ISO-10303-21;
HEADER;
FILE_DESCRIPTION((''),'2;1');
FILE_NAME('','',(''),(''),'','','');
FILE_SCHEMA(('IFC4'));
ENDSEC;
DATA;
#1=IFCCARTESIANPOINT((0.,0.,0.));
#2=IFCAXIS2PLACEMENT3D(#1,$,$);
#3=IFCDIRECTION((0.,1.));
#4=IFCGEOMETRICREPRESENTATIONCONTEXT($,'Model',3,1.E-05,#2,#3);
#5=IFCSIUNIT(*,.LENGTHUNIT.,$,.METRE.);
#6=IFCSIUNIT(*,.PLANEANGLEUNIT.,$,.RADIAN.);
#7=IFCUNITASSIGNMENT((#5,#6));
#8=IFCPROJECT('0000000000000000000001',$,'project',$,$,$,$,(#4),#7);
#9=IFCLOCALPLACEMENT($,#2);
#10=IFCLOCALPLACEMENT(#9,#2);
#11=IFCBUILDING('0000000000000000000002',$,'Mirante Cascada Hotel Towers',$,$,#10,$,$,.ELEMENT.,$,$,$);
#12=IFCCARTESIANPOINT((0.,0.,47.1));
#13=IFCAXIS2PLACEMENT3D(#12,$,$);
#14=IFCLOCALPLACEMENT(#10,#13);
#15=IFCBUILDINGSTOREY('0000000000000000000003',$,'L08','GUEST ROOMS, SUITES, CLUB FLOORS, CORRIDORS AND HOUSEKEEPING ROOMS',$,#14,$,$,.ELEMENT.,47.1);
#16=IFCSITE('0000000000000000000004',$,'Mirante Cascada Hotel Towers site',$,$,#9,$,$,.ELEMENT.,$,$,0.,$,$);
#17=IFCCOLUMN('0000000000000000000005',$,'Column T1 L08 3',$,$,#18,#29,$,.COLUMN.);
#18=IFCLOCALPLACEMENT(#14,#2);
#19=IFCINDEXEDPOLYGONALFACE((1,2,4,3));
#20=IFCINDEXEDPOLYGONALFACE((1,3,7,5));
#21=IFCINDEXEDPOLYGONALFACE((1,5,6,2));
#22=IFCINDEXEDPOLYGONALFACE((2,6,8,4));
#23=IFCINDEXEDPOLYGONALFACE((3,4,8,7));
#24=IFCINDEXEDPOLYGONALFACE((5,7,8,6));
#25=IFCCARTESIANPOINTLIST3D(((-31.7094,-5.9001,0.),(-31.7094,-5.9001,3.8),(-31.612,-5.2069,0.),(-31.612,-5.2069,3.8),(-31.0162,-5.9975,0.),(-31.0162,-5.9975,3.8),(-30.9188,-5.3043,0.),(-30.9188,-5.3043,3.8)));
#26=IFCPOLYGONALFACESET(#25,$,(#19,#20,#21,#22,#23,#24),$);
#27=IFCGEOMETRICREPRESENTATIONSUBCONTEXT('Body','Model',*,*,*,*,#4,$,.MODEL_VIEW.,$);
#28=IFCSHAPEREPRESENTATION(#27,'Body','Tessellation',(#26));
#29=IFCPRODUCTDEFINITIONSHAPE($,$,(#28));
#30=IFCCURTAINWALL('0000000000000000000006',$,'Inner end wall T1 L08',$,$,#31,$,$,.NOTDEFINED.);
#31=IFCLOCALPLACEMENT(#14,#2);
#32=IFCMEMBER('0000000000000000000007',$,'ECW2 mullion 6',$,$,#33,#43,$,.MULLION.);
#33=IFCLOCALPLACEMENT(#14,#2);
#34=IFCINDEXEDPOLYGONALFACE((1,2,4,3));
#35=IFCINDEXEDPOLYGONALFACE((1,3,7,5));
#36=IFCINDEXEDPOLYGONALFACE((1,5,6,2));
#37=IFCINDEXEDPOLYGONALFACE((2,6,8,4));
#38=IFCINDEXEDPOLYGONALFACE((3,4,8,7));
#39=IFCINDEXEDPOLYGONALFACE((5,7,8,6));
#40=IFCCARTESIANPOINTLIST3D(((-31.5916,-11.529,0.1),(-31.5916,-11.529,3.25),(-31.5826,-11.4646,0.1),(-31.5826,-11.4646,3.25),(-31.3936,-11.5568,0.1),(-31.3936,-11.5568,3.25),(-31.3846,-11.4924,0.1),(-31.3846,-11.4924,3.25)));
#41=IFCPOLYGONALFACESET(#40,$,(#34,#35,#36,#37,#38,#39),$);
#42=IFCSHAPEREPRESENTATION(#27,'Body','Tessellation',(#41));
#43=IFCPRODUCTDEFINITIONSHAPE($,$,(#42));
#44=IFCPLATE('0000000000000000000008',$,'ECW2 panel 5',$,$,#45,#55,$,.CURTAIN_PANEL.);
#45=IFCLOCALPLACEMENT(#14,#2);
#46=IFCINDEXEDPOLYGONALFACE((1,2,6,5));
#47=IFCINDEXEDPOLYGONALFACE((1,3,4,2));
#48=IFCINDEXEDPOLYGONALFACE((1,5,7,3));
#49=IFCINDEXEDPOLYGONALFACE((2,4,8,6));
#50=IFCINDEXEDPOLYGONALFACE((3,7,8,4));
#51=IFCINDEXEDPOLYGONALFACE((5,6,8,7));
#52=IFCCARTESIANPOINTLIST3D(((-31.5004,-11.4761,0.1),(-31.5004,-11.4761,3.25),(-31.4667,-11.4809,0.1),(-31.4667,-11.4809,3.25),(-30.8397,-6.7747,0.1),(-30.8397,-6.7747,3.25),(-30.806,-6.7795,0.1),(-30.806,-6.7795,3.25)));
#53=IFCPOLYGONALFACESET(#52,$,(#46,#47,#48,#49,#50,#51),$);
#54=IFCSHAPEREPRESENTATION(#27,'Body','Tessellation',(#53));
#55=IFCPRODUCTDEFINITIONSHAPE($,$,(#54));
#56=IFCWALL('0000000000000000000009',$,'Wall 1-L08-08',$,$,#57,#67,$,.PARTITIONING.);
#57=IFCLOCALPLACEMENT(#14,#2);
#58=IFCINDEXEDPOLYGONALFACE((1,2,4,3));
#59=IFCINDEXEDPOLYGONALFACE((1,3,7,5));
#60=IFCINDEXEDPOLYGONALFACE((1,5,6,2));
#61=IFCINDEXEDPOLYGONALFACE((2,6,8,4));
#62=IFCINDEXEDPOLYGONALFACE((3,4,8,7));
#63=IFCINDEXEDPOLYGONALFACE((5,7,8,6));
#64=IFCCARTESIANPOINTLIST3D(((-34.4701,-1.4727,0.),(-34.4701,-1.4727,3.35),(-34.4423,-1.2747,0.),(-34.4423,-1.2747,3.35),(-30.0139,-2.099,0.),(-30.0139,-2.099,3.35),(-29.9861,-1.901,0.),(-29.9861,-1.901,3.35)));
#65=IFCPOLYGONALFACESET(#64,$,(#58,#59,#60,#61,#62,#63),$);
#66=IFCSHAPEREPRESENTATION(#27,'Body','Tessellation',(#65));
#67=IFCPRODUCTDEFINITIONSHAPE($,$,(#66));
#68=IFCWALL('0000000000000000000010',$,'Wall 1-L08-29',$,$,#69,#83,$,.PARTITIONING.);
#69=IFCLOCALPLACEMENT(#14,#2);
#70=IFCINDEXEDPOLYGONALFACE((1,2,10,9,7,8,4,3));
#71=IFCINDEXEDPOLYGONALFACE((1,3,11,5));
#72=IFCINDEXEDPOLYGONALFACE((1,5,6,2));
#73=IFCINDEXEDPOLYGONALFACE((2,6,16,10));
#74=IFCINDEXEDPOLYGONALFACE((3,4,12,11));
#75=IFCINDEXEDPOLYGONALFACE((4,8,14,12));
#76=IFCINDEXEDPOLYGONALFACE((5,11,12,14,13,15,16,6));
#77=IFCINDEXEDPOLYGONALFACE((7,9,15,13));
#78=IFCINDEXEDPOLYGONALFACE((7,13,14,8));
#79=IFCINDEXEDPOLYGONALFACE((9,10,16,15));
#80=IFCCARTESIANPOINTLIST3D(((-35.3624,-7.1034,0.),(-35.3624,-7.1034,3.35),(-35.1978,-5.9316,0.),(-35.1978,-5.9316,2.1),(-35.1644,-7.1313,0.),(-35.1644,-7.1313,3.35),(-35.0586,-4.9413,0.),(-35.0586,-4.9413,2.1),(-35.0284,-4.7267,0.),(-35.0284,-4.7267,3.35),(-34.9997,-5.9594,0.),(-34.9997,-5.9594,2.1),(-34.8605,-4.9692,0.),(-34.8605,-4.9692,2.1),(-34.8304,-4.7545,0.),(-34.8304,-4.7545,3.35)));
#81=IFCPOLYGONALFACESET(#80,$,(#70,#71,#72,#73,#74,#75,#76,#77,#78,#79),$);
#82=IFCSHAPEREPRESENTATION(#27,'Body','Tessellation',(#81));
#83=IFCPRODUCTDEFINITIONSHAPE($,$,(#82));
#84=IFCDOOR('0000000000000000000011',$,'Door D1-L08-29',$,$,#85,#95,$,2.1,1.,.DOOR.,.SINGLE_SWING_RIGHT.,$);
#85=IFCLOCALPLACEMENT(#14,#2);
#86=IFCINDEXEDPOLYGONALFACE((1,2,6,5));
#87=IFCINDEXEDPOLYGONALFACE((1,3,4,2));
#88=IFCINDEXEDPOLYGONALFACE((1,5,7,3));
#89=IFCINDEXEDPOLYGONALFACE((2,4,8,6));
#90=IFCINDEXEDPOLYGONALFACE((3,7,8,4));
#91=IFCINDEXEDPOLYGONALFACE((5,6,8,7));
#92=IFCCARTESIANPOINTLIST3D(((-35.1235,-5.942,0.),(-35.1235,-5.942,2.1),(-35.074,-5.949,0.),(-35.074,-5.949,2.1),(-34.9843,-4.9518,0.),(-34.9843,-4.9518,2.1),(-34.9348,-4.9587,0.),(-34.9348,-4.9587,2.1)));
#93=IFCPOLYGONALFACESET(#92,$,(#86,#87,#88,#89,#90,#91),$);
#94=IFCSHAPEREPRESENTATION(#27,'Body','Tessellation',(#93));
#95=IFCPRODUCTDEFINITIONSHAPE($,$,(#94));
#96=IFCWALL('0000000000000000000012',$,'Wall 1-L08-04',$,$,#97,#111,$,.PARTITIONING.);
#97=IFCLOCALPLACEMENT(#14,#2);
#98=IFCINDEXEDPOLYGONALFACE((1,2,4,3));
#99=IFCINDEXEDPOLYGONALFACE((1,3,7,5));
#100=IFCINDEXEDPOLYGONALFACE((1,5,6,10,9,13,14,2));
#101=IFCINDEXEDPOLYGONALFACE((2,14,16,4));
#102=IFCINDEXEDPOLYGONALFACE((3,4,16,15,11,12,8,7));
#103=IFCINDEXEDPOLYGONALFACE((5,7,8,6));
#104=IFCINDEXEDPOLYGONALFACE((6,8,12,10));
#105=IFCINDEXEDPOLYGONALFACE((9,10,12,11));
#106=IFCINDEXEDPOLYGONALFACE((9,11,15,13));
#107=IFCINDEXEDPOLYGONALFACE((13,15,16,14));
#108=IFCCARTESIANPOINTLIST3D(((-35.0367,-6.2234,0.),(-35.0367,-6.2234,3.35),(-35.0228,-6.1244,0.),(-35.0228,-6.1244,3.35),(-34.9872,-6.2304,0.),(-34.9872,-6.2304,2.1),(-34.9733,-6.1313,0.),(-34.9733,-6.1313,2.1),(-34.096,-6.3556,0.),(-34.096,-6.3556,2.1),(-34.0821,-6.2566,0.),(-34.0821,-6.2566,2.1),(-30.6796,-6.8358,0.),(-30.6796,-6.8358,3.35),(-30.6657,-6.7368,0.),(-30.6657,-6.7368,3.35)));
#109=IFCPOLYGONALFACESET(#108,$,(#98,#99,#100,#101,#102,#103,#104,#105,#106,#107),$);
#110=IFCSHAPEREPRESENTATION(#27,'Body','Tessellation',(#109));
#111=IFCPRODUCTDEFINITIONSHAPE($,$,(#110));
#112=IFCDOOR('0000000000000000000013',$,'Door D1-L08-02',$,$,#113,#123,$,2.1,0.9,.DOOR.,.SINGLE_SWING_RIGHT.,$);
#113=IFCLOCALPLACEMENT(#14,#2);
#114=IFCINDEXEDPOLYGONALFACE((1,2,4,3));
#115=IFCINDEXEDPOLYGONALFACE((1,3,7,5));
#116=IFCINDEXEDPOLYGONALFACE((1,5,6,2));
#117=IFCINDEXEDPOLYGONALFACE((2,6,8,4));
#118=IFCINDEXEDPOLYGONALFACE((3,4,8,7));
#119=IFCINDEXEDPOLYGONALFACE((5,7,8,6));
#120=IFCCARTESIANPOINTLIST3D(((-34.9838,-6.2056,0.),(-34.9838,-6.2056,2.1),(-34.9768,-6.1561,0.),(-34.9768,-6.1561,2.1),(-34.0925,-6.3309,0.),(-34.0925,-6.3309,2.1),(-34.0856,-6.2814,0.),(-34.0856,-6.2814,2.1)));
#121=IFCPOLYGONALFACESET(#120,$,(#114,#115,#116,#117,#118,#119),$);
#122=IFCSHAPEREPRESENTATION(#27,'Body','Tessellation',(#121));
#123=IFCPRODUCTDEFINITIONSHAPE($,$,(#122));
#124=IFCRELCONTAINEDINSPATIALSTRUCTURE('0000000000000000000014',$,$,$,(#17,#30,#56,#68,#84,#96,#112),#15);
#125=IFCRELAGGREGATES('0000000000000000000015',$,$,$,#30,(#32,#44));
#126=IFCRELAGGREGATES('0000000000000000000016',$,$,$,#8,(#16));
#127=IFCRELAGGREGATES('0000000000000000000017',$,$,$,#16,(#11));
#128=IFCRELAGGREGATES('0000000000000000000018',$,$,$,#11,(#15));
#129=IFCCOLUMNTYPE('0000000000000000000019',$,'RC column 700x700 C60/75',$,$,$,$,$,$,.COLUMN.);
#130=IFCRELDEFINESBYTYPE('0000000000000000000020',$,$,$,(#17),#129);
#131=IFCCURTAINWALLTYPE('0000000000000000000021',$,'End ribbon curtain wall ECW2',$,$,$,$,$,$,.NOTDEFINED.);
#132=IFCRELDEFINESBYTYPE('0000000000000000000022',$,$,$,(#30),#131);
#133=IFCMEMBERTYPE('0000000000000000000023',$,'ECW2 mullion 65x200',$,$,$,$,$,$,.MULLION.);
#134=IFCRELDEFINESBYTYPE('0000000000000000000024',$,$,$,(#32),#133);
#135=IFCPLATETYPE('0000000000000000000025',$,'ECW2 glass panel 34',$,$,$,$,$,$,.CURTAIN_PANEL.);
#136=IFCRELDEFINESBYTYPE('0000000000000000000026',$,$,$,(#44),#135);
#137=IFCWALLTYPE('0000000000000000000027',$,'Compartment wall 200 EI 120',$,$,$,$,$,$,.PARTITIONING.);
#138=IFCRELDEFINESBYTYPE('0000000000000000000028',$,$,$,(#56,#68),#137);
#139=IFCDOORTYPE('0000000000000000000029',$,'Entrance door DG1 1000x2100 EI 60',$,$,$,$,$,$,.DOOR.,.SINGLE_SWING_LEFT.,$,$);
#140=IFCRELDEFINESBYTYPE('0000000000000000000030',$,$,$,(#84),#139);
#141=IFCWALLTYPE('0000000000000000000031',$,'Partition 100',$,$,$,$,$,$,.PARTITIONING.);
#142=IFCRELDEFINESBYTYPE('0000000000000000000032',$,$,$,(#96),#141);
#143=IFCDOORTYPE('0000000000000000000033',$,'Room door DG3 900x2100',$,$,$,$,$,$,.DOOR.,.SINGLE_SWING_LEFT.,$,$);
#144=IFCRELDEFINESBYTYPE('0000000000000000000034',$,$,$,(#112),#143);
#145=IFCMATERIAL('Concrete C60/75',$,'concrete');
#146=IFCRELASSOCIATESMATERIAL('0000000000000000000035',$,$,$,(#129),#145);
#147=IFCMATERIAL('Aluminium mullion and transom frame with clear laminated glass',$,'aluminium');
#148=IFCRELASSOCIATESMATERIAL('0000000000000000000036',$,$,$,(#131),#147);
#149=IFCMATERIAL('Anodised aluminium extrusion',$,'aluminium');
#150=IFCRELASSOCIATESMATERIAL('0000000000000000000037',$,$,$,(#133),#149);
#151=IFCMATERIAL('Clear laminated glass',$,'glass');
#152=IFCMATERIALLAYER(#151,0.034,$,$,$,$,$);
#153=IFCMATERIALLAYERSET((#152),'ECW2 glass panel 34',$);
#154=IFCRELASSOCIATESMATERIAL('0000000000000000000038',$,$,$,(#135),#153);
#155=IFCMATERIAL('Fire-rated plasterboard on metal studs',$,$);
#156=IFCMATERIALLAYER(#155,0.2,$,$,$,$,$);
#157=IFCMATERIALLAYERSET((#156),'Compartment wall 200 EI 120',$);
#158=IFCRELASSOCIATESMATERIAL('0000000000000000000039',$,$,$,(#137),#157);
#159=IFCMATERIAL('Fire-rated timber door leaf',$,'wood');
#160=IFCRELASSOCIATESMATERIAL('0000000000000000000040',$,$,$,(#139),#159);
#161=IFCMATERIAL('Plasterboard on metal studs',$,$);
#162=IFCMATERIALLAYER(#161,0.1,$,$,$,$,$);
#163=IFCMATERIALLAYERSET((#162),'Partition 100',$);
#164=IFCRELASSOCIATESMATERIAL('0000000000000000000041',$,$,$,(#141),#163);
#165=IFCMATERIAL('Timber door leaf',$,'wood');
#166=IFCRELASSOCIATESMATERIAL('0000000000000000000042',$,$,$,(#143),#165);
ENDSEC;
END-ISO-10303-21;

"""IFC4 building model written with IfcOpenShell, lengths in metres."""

from ifc_helpers import new_model, si_unit, direction, frame, frame_2d, origin, origin_2d, place, context, subcontext, project, spatial, rectangle, extrude, material, layer, layer_set, material_profile, profile_set, type_object, element, fill, aggregate, save


model = new_model("IFC4")

# Units and contexts
model_context = context("Model", 3, precision=1e-05, world=origin(), true_north=direction((0.0, 1.0)))
body_context = subcontext(model_context, "Body", "Model", "MODEL_VIEW")
ifc_project = project(units=[si_unit("LENGTHUNIT", "METRE"), si_unit("PLANEANGLEUNIT", "RADIAN")], contexts=[model_context])

# Site, building, storey
site_placement = place(None, origin())
site = spatial("IfcSite", under=ifc_project, at=site_placement, Name="Mirante Cascada Hotel Towers site", CompositionType="ELEMENT", RefElevation=0.0)
building_placement = place(site_placement, origin())
building = spatial("IfcBuilding", under=site, at=building_placement, Name="Mirante Cascada Hotel Towers", CompositionType="ELEMENT")
storey_placement = place(building_placement, frame((0.0, 0.0, 47.1)))
storey = spatial("IfcBuildingStorey", under=building, at=storey_placement, Name="L08", Description="GUEST ROOMS, SUITES, CLUB FLOORS, CORRIDORS AND HOUSEKEEPING ROOMS", CompositionType="ELEMENT", Elevation=47.1)

# Column
ifc_material_1 = material(Name="Concrete C60/75", Category="concrete")
ifc_material_profile_1 = material_profile(ifc_material_1, rectangle(XDim=0.7, YDim=0.7, at=origin_2d()), Name="RC column 700x700 C60/75")
ifc_profile_set_1 = profile_set([ifc_material_profile_1], Name="Concrete C60/75")
column_type = type_object("IfcColumnType", Name="RC column 700x700 C60/75", PredefinedType="COLUMN", material=ifc_profile_set_1)
column_placement = place(storey_placement, frame((-31.3141, -5.6022, 0.0), z_axis=(0.0, 0.0, 1.0), x_axis=(-0.990268, 0.139173, 0.0)))
element("IfcColumn", 1, at=column_placement, inside=storey, type_object=column_type, Name="Column T1 L08 3", PredefinedType="COLUMN", context=body_context, shape_type="SweptSolid", body=[
    extrude(rectangle(XDim=0.7, YDim=0.7, at=origin_2d()), origin(), (0.0, 0.0, 1.0), 3.8),
])

# Curtain wall, member, plate
ifc_material_2 = material(Name="Aluminium mullion and transom frame with clear laminated glass", Category="aluminium")
curtain_wall_type = type_object("IfcCurtainWallType", Name="End ribbon curtain wall ECW2", PredefinedType="NOTDEFINED", material=ifc_material_2)
curtain_wall_placement = place(storey_placement, origin())
curtain_wall = element("IfcCurtainWall", 2, at=curtain_wall_placement, inside=storey, type_object=curtain_wall_type, Name="Inner end wall T1 L08", PredefinedType="NOTDEFINED")
ifc_material_3 = material(Name="Anodised aluminium extrusion", Category="aluminium")
ifc_material_profile_2 = material_profile(ifc_material_3, rectangle(XDim=0.2, YDim=0.065, at=origin_2d()), Name="ECW2 MULLION 65x200")
ifc_profile_set_2 = profile_set([ifc_material_profile_2], Name="Anodised aluminium extrusion")
member_type = type_object("IfcMemberType", Name="ECW2 mullion 65x200", PredefinedType="MULLION", material=ifc_profile_set_2)
member_placement = place(storey_placement, frame((-31.4881, -11.5107, 0.1), z_axis=(0.0, 0.0, 1.0), x_axis=(0.990268, -0.139173, 0.0)))
member = element("IfcMember", 3, at=member_placement, type_object=member_type, Name="ECW2 mullion 6", PredefinedType="MULLION", context=body_context, shape_type="SweptSolid", body=[
    extrude(rectangle(XDim=0.2, YDim=0.065, at=origin_2d()), origin(), (0.0, 0.0, 1.0), 3.15),
])
ifc_material_4 = material(Name="Clear laminated glass", Category="glass")
ifc_layer_1 = layer(ifc_material_4, 0.034)
ifc_layer_set_1 = layer_set([ifc_layer_1], Name="ECW2 glass panel 34")
plate_type = type_object("IfcPlateType", Name="ECW2 glass panel 34", PredefinedType="CURTAIN_PANEL", material=ifc_layer_set_1)
plate_placement = place(storey_placement, frame((-31.1532, -9.1278, 0.1), z_axis=(0.0, 0.0, 1.0), x_axis=(-0.139173, -0.990268, 0.0)))
plate = element("IfcPlate", 4, at=plate_placement, type_object=plate_type, Name="ECW2 panel 5", PredefinedType="CURTAIN_PANEL", context=body_context, shape_type="SweptSolid", body=[
    extrude(rectangle(XDim=4.7476, YDim=0.034, at=origin_2d()), origin(), (0.0, 0.0, 1.0), 3.15),
])
aggregate(curtain_wall, [member, plate])

# Wall
ifc_material_5 = material(Name="Fire-rated plasterboard on metal studs")
ifc_layer_2 = layer(ifc_material_5, 0.2)
ifc_layer_set_2 = layer_set([ifc_layer_2], Name="Compartment wall 200 EI 120")
wall_type_1 = type_object("IfcWallType", Name="Compartment wall 200 EI 120", PredefinedType="PARTITIONING", material=ifc_layer_set_2)
wall_1_placement = place(storey_placement, frame((-34.4562, -1.3737, 0.0), z_axis=(0.0, 0.0, 1.0), x_axis=(0.990267, -0.139178, 0.0)))
element("IfcWall", 5, at=wall_1_placement, inside=storey, type_object=wall_type_1, Name="Wall 1-L08-08", PredefinedType="PARTITIONING", context=body_context, shape_type="SweptSolid", body=[
    extrude(rectangle(XDim=4.5, YDim=0.2, at=frame_2d((2.25, 0.0))), origin(), (0.0, 0.0, 1.0), 3.35),
])

# Walls, openings, doors
wall_2_placement = place(storey_placement, frame((-35.2634, -7.1173, 0.0), z_axis=(0.0, 0.0, 1.0), x_axis=(0.139163, 0.990269, 0.0)))
wall_2 = element("IfcWall", 6, at=wall_2_placement, inside=storey, type_object=wall_type_1, Name="Wall 1-L08-29", PredefinedType="PARTITIONING", context=body_context, shape_type="SweptSolid", body=[
    extrude(rectangle(XDim=2.4001, YDim=0.2, at=frame_2d((1.2, 0.0))), origin(), (0.0, 0.0, 1.0), 3.35),
])
opening_1_placement = place(wall_2_placement, frame((1.1833, 0.0, 0.0)))
opening_1 = element("IfcOpeningElement", 7, at=opening_1_placement, cuts=wall_2, PredefinedType="OPENING", context=body_context, shape_type="SweptSolid", body=[
    extrude(rectangle(XDim=1.0, YDim=2.1, at=frame_2d((0.5, 1.05))), frame((0.0, 0.1, 0.0), z_axis=(0.0, -1.0, 0.0), x_axis=(1.0, 0.0, 0.0)), (0.0, 0.0, 1.0), 0.2),
])
ifc_material_6 = material(Name="Fire-rated timber door leaf", Category="wood")
door_type_1 = type_object("IfcDoorType", Name="Entrance door DG1 1000x2100 EI 60", OperationType="SINGLE_SWING_LEFT", PredefinedType="DOOR", material=ifc_material_6)
door_1_placement = place(opening_1_placement, frame((1.0, 0.0, 0.0), z_axis=(0.0, 0.0, 1.0), x_axis=(-1.0, 0.0, 0.0)))
door_1 = element("IfcDoor", 8, at=door_1_placement, inside=storey, type_object=door_type_1, Name="Door D1-L08-29", OperationType="SINGLE_SWING_RIGHT", OverallHeight=2.1, OverallWidth=1.0, PredefinedType="DOOR", context=body_context, shape_type="SweptSolid", body=[
    extrude(rectangle(XDim=1.0, YDim=2.1, at=frame_2d((0.5, 1.05))), frame((0.0, 0.025, 0.0), z_axis=(0.0, -1.0, 0.0), x_axis=(1.0, 0.0, 0.0)), (0.0, 0.0, 1.0), 0.05),
])
fill(opening_1, door_1)
ifc_material_7 = material(Name="Plasterboard on metal studs")
ifc_layer_3 = layer(ifc_material_7, 0.1)
ifc_layer_set_3 = layer_set([ifc_layer_3], Name="Partition 100")
wall_type_2 = type_object("IfcWallType", Name="Partition 100", PredefinedType="PARTITIONING", material=ifc_layer_set_3)
wall_3_placement = place(storey_placement, frame((-35.0298, -6.1739, 0.0), z_axis=(0.0, 0.0, 1.0), x_axis=(0.990267, -0.139184, 0.0)))
wall_3 = element("IfcWall", 9, at=wall_3_placement, inside=storey, type_object=wall_type_2, Name="Wall 1-L08-04", PredefinedType="PARTITIONING", context=body_context, shape_type="SweptSolid", body=[
    extrude(rectangle(XDim=4.3999, YDim=0.1, at=frame_2d((2.2, 0.0))), origin(), (0.0, 0.0, 1.0), 3.35),
])
opening_2_placement = place(wall_3_placement, frame((0.05, 0.0, 0.0)))
opening_2 = element("IfcOpeningElement", 10, at=opening_2_placement, cuts=wall_3, PredefinedType="OPENING", context=body_context, shape_type="SweptSolid", body=[
    extrude(rectangle(XDim=0.9, YDim=2.1, at=frame_2d((0.45, 1.05))), frame((0.0, 0.05, 0.0), z_axis=(0.0, -1.0, 0.0), x_axis=(1.0, 0.0, 0.0)), (0.0, 0.0, 1.0), 0.1),
])
ifc_material_8 = material(Name="Timber door leaf", Category="wood")
door_type_2 = type_object("IfcDoorType", Name="Room door DG3 900x2100", OperationType="SINGLE_SWING_LEFT", PredefinedType="DOOR", material=ifc_material_8)
door_2_placement = place(opening_2_placement, frame((0.9, 0.0, 0.0), z_axis=(0.0, 0.0, 1.0), x_axis=(-1.0, 0.0, 0.0)))
door_2 = element("IfcDoor", 11, at=door_2_placement, inside=storey, type_object=door_type_2, Name="Door D1-L08-02", OperationType="SINGLE_SWING_RIGHT", OverallHeight=2.1, OverallWidth=0.9, PredefinedType="DOOR", context=body_context, shape_type="SweptSolid", body=[
    extrude(rectangle(XDim=0.9, YDim=2.1, at=frame_2d((0.45, 1.05))), frame((0.0, 0.025, 0.0), z_axis=(0.0, -1.0, 0.0), x_axis=(1.0, 0.0, 0.0)), (0.0, 0.0, 1.0), 0.05),
])
fill(opening_2, door_2)

save(model, "model.ifc")
